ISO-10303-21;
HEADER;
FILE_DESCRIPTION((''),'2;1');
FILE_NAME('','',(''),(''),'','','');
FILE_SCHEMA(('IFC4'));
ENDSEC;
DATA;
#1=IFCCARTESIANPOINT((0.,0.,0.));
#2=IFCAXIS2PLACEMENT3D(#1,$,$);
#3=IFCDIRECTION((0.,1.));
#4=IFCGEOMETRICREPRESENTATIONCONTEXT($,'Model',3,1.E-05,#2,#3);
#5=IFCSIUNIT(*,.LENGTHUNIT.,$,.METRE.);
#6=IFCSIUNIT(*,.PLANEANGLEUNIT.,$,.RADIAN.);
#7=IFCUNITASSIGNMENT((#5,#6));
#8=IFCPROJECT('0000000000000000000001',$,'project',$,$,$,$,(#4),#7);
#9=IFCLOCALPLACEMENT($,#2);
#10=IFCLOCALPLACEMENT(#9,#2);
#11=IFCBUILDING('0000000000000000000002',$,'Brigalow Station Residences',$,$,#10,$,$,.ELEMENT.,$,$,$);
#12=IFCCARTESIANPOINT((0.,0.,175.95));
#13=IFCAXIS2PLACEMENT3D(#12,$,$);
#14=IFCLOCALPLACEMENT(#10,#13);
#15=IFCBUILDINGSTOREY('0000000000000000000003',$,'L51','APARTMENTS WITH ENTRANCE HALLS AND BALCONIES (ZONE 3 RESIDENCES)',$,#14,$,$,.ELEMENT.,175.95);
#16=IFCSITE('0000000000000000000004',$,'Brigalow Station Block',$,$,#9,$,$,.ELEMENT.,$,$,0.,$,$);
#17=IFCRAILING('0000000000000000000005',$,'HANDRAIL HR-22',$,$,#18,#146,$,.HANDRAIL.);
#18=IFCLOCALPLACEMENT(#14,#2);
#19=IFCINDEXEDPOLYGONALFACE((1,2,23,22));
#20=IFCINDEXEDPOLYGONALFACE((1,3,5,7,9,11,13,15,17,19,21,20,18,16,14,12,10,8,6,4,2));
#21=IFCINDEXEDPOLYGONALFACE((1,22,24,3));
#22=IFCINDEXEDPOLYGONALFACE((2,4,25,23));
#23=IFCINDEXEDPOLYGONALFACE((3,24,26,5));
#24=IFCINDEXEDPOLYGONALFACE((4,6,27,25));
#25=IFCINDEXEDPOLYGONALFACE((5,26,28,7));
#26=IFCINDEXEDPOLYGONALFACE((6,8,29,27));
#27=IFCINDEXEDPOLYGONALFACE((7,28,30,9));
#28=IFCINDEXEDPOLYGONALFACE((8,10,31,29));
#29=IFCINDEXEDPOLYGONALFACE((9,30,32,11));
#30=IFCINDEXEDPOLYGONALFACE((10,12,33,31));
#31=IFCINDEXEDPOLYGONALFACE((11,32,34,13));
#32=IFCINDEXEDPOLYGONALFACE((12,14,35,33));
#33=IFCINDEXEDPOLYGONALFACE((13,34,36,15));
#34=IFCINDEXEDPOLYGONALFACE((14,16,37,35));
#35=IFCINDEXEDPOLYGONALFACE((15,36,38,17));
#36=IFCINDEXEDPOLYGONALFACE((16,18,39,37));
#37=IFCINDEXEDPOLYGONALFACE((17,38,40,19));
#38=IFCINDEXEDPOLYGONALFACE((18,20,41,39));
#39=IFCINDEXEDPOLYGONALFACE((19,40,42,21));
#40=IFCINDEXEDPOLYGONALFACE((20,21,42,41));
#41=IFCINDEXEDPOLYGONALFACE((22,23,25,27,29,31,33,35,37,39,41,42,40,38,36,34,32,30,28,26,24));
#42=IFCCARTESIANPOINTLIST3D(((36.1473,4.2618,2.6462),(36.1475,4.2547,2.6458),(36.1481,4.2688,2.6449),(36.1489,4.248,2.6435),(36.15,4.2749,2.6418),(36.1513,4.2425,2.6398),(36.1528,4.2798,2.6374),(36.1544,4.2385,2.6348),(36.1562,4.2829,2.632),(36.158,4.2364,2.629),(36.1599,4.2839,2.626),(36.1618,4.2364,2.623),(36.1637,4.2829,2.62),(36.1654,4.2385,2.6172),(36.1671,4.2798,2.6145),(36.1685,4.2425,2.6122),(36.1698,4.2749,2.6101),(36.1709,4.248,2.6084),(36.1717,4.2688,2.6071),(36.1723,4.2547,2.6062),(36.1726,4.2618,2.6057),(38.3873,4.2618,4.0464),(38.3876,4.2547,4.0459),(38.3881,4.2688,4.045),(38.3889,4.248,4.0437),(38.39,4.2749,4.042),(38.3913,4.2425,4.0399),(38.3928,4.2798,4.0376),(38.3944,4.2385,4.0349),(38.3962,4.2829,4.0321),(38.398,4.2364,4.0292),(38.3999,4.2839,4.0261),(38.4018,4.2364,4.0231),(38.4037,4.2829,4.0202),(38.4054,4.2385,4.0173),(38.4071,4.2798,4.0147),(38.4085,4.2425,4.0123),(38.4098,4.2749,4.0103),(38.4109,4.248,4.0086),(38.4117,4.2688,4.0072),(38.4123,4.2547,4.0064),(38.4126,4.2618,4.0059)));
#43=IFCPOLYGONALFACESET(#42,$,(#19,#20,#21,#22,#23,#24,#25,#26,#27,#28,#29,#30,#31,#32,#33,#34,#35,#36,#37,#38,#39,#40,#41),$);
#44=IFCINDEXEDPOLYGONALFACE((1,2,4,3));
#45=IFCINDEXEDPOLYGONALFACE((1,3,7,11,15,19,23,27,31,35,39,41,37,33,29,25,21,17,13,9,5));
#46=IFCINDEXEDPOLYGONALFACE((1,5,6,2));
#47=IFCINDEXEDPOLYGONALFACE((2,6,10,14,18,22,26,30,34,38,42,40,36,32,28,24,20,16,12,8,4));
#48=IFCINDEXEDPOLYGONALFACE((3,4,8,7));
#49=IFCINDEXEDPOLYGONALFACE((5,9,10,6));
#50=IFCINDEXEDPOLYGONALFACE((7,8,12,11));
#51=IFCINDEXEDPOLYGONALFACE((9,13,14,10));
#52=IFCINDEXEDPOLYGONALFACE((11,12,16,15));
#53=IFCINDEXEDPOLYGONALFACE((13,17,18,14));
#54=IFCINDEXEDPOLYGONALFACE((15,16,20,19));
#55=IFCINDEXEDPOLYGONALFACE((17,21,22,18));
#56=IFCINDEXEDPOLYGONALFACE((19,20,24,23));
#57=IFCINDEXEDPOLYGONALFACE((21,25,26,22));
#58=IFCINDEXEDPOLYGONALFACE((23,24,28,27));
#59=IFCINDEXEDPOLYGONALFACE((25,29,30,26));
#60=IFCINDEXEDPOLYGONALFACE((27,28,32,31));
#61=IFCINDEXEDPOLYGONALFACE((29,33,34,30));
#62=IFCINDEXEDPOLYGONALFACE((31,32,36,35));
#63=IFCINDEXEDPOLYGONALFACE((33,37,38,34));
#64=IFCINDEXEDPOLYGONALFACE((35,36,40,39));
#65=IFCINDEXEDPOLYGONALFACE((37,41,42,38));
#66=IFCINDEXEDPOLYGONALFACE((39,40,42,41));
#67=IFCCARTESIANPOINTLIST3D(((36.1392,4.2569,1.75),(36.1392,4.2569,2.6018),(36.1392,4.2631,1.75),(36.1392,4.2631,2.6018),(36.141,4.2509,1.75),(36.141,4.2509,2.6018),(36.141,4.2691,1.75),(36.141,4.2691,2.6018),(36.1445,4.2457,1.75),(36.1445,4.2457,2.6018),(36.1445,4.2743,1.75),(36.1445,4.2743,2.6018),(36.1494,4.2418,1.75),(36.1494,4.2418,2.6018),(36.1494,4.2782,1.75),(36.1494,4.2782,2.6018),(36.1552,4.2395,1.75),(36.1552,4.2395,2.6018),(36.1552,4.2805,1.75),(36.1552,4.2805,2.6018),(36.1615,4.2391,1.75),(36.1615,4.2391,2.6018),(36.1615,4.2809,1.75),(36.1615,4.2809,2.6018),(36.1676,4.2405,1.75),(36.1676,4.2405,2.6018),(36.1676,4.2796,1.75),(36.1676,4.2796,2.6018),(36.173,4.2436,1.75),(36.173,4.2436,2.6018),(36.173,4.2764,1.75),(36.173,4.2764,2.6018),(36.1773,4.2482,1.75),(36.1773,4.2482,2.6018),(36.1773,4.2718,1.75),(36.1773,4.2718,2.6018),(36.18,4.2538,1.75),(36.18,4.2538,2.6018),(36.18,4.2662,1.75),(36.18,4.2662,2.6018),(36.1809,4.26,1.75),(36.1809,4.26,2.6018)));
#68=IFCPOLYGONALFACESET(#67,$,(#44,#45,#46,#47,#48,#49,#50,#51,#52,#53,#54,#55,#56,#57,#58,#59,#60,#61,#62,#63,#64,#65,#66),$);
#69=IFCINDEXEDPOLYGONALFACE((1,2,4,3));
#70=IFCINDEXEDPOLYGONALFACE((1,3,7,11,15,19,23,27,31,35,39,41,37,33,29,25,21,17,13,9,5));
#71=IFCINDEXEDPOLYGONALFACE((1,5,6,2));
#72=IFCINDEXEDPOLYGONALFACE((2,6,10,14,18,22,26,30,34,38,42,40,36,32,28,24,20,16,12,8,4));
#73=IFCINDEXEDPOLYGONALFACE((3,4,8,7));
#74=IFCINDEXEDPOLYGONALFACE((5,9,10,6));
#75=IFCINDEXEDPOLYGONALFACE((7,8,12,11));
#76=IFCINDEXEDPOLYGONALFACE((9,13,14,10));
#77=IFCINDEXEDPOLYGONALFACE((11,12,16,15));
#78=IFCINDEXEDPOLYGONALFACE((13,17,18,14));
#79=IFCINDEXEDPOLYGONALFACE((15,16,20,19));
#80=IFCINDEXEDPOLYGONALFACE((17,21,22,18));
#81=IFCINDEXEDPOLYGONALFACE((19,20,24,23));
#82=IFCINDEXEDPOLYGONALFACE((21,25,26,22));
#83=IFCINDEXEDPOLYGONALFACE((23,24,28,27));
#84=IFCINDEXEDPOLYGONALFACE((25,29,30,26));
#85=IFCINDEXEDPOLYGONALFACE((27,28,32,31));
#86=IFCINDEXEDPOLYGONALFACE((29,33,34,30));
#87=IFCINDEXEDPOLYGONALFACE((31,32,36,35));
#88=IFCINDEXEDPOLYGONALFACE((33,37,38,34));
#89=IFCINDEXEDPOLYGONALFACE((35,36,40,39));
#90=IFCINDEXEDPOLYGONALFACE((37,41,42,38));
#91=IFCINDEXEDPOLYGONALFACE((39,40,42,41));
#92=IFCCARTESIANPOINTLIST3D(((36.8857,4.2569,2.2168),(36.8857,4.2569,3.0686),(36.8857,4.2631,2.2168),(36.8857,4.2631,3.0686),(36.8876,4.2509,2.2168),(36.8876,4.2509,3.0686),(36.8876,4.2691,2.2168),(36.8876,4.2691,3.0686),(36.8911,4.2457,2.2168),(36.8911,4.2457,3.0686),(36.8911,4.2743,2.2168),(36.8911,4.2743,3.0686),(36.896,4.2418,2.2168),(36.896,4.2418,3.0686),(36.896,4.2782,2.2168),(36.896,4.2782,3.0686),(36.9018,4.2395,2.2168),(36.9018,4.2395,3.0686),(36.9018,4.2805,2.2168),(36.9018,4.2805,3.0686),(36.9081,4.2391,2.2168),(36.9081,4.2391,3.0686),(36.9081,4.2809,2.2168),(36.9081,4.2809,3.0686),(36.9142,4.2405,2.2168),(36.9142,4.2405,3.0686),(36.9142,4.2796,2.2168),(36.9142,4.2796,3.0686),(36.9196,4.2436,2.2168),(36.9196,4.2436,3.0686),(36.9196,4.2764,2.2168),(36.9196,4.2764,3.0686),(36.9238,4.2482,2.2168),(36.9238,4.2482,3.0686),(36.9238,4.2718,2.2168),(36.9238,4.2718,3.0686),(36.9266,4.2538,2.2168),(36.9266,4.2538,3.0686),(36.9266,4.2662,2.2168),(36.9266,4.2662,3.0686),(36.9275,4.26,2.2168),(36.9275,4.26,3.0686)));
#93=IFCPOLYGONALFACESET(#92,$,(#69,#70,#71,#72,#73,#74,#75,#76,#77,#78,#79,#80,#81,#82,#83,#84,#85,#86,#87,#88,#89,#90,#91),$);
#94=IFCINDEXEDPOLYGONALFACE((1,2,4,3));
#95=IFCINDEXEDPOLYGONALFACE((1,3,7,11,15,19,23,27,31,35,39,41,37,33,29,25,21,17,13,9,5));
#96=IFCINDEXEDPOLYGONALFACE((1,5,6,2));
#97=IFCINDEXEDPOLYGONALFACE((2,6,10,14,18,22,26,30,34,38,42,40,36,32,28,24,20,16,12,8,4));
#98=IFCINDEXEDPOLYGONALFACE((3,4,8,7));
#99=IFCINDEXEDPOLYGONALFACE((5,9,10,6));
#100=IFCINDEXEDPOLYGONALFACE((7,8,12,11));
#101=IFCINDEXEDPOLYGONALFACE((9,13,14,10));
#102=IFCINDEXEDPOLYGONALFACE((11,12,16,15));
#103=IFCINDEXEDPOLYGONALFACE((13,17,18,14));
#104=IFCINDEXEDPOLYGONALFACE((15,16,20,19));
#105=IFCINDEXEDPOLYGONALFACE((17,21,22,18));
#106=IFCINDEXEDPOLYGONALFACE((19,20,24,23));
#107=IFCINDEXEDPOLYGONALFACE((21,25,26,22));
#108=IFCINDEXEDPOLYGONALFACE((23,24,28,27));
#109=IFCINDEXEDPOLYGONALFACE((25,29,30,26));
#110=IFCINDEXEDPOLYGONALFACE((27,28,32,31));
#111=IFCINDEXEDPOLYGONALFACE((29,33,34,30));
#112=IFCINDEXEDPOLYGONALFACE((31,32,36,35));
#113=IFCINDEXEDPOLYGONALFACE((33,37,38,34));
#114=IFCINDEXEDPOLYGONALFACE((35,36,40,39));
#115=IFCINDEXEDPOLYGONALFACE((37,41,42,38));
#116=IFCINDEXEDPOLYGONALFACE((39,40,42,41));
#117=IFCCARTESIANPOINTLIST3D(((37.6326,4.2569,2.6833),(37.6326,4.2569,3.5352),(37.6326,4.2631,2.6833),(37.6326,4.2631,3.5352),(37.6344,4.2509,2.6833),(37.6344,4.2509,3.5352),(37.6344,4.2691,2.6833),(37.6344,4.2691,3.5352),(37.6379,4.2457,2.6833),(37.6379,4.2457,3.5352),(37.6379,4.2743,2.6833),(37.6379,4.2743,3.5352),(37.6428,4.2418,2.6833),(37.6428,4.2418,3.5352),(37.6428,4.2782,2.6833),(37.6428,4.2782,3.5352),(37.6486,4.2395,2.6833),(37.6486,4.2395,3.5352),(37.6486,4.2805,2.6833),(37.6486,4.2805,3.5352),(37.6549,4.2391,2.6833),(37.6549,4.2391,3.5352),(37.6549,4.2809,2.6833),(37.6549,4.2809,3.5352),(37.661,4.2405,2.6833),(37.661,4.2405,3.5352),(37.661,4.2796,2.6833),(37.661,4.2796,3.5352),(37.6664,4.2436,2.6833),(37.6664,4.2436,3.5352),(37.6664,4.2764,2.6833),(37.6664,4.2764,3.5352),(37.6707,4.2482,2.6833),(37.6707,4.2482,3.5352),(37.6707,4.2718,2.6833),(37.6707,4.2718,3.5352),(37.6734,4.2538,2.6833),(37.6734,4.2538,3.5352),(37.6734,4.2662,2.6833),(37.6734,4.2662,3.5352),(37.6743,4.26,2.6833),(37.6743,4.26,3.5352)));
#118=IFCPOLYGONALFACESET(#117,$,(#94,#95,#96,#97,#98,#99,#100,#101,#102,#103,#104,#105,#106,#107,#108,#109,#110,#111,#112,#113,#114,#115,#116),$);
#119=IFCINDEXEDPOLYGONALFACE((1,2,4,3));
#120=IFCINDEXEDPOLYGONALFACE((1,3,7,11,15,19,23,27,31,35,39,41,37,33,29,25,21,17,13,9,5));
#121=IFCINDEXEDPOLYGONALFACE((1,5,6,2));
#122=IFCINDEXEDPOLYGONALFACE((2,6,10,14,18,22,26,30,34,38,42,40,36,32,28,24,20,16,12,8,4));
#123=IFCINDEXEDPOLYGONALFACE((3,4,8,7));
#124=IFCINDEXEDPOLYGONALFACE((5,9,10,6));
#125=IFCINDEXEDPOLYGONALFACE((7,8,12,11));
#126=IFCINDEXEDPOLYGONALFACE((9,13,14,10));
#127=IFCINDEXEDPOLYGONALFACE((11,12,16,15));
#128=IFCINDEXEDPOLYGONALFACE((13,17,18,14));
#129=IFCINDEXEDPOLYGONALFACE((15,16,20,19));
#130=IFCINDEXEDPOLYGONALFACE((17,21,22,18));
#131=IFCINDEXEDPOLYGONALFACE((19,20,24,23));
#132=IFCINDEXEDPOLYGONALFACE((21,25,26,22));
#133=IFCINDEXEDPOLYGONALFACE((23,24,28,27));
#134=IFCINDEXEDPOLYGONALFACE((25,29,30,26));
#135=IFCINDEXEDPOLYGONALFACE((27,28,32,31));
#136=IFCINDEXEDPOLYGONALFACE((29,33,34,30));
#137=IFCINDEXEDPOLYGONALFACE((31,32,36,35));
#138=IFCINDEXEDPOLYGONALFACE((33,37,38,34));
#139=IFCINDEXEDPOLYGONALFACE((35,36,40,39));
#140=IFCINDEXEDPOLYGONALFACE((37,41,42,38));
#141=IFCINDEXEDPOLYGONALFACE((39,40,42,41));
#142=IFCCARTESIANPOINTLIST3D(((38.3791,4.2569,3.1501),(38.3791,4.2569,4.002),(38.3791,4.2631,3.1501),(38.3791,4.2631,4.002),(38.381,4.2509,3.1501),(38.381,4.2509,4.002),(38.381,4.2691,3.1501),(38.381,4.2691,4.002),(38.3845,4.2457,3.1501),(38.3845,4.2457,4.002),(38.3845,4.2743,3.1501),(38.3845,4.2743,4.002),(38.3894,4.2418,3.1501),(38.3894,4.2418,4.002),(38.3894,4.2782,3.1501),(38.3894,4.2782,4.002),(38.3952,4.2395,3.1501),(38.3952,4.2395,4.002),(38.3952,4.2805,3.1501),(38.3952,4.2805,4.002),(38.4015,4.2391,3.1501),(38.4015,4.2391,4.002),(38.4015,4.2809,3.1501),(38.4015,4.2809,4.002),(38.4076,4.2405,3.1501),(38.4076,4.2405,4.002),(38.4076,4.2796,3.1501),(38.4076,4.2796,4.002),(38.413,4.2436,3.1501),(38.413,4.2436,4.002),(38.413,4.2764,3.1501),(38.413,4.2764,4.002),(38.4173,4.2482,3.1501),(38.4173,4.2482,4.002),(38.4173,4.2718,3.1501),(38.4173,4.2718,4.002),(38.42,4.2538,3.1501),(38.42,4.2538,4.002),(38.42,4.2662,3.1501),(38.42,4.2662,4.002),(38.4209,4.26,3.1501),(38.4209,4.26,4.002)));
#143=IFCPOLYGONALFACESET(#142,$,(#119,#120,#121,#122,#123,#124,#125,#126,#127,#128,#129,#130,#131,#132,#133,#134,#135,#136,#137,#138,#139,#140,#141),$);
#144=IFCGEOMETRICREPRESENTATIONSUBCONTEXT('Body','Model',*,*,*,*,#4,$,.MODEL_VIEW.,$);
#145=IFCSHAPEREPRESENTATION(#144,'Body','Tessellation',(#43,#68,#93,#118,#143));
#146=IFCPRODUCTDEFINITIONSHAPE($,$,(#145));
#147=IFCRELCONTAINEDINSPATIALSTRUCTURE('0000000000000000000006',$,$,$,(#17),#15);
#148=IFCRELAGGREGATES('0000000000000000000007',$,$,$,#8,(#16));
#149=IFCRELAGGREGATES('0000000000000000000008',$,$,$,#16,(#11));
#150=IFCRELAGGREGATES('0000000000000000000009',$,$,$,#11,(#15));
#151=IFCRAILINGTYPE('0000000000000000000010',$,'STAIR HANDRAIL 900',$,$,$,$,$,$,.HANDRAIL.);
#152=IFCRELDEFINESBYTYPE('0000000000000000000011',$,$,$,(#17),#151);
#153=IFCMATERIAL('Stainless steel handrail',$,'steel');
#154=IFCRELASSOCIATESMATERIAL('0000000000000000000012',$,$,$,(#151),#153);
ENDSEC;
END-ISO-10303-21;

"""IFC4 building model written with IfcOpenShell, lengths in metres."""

from ifc_helpers import new_model, si_unit, direction, frame, origin, origin_2d, place, context, subcontext, project, spatial, circle, extrude, material, type_object, element, save


model = new_model("IFC4")

# Units and contexts
model_context = context("Model", 3, precision=1e-05, world=origin(), true_north=direction((0.0, 1.0)))
body_context = subcontext(model_context, "Body", "Model", "MODEL_VIEW")
ifc_project = project(units=[si_unit("LENGTHUNIT", "METRE"), si_unit("PLANEANGLEUNIT", "RADIAN")], contexts=[model_context])

# Site, building, storey
site_placement = place(None, origin())
site = spatial("IfcSite", under=ifc_project, at=site_placement, Name="Brigalow Station Block", CompositionType="ELEMENT", RefElevation=0.0)
building_placement = place(site_placement, origin())
building = spatial("IfcBuilding", under=site, at=building_placement, Name="Brigalow Station Residences", CompositionType="ELEMENT")
storey_placement = place(building_placement, frame((0.0, 0.0, 175.95)))
storey = spatial("IfcBuildingStorey", under=building, at=storey_placement, Name="L51", Description="APARTMENTS WITH ENTRANCE HALLS AND BALCONIES (ZONE 3 RESIDENCES)", CompositionType="ELEMENT", Elevation=175.95)

# Railing
ifc_material_1 = material(Name="Stainless steel handrail", Category="steel")
railing_type_1 = type_object("IfcRailingType", Name="STAIR HANDRAIL 900", PredefinedType="HANDRAIL", material=ifc_material_1)
railing_1_placement = place(storey_placement, frame((36.1599, 4.26, 1.75)))
element("IfcRailing", 1, at=railing_1_placement, inside=storey, type_object=railing_type_1, Name="HANDRAIL HR-22", PredefinedType="HANDRAIL", context=body_context, shape_type="SweptSolid", body=[
    extrude(circle(Radius=0.0239, at=origin_2d()), frame((0.0, 0.0, 0.876), z_axis=(0.847972, 0.0, 0.53004), x_axis=(0.0, 1.0, 0.0)), (0.0, 0.0, 1.0), 2.6416),
    extrude(circle(Radius=0.021, at=origin_2d()), origin(), (0.0, 0.0, 1.0), 0.8518),
    extrude(circle(Radius=0.021, at=origin_2d()), frame((0.7466, 0.0, 0.4668)), (0.0, 0.0, 1.0), 0.8518),
    extrude(circle(Radius=0.021, at=origin_2d()), frame((1.4934, 0.0, 0.9333)), (0.0, 0.0, 1.0), 0.8518),
    extrude(circle(Radius=0.021, at=origin_2d()), frame((2.24, 0.0, 1.4001)), (0.0, 0.0, 1.0), 0.8518),
])

save(model, "model.ifc")
